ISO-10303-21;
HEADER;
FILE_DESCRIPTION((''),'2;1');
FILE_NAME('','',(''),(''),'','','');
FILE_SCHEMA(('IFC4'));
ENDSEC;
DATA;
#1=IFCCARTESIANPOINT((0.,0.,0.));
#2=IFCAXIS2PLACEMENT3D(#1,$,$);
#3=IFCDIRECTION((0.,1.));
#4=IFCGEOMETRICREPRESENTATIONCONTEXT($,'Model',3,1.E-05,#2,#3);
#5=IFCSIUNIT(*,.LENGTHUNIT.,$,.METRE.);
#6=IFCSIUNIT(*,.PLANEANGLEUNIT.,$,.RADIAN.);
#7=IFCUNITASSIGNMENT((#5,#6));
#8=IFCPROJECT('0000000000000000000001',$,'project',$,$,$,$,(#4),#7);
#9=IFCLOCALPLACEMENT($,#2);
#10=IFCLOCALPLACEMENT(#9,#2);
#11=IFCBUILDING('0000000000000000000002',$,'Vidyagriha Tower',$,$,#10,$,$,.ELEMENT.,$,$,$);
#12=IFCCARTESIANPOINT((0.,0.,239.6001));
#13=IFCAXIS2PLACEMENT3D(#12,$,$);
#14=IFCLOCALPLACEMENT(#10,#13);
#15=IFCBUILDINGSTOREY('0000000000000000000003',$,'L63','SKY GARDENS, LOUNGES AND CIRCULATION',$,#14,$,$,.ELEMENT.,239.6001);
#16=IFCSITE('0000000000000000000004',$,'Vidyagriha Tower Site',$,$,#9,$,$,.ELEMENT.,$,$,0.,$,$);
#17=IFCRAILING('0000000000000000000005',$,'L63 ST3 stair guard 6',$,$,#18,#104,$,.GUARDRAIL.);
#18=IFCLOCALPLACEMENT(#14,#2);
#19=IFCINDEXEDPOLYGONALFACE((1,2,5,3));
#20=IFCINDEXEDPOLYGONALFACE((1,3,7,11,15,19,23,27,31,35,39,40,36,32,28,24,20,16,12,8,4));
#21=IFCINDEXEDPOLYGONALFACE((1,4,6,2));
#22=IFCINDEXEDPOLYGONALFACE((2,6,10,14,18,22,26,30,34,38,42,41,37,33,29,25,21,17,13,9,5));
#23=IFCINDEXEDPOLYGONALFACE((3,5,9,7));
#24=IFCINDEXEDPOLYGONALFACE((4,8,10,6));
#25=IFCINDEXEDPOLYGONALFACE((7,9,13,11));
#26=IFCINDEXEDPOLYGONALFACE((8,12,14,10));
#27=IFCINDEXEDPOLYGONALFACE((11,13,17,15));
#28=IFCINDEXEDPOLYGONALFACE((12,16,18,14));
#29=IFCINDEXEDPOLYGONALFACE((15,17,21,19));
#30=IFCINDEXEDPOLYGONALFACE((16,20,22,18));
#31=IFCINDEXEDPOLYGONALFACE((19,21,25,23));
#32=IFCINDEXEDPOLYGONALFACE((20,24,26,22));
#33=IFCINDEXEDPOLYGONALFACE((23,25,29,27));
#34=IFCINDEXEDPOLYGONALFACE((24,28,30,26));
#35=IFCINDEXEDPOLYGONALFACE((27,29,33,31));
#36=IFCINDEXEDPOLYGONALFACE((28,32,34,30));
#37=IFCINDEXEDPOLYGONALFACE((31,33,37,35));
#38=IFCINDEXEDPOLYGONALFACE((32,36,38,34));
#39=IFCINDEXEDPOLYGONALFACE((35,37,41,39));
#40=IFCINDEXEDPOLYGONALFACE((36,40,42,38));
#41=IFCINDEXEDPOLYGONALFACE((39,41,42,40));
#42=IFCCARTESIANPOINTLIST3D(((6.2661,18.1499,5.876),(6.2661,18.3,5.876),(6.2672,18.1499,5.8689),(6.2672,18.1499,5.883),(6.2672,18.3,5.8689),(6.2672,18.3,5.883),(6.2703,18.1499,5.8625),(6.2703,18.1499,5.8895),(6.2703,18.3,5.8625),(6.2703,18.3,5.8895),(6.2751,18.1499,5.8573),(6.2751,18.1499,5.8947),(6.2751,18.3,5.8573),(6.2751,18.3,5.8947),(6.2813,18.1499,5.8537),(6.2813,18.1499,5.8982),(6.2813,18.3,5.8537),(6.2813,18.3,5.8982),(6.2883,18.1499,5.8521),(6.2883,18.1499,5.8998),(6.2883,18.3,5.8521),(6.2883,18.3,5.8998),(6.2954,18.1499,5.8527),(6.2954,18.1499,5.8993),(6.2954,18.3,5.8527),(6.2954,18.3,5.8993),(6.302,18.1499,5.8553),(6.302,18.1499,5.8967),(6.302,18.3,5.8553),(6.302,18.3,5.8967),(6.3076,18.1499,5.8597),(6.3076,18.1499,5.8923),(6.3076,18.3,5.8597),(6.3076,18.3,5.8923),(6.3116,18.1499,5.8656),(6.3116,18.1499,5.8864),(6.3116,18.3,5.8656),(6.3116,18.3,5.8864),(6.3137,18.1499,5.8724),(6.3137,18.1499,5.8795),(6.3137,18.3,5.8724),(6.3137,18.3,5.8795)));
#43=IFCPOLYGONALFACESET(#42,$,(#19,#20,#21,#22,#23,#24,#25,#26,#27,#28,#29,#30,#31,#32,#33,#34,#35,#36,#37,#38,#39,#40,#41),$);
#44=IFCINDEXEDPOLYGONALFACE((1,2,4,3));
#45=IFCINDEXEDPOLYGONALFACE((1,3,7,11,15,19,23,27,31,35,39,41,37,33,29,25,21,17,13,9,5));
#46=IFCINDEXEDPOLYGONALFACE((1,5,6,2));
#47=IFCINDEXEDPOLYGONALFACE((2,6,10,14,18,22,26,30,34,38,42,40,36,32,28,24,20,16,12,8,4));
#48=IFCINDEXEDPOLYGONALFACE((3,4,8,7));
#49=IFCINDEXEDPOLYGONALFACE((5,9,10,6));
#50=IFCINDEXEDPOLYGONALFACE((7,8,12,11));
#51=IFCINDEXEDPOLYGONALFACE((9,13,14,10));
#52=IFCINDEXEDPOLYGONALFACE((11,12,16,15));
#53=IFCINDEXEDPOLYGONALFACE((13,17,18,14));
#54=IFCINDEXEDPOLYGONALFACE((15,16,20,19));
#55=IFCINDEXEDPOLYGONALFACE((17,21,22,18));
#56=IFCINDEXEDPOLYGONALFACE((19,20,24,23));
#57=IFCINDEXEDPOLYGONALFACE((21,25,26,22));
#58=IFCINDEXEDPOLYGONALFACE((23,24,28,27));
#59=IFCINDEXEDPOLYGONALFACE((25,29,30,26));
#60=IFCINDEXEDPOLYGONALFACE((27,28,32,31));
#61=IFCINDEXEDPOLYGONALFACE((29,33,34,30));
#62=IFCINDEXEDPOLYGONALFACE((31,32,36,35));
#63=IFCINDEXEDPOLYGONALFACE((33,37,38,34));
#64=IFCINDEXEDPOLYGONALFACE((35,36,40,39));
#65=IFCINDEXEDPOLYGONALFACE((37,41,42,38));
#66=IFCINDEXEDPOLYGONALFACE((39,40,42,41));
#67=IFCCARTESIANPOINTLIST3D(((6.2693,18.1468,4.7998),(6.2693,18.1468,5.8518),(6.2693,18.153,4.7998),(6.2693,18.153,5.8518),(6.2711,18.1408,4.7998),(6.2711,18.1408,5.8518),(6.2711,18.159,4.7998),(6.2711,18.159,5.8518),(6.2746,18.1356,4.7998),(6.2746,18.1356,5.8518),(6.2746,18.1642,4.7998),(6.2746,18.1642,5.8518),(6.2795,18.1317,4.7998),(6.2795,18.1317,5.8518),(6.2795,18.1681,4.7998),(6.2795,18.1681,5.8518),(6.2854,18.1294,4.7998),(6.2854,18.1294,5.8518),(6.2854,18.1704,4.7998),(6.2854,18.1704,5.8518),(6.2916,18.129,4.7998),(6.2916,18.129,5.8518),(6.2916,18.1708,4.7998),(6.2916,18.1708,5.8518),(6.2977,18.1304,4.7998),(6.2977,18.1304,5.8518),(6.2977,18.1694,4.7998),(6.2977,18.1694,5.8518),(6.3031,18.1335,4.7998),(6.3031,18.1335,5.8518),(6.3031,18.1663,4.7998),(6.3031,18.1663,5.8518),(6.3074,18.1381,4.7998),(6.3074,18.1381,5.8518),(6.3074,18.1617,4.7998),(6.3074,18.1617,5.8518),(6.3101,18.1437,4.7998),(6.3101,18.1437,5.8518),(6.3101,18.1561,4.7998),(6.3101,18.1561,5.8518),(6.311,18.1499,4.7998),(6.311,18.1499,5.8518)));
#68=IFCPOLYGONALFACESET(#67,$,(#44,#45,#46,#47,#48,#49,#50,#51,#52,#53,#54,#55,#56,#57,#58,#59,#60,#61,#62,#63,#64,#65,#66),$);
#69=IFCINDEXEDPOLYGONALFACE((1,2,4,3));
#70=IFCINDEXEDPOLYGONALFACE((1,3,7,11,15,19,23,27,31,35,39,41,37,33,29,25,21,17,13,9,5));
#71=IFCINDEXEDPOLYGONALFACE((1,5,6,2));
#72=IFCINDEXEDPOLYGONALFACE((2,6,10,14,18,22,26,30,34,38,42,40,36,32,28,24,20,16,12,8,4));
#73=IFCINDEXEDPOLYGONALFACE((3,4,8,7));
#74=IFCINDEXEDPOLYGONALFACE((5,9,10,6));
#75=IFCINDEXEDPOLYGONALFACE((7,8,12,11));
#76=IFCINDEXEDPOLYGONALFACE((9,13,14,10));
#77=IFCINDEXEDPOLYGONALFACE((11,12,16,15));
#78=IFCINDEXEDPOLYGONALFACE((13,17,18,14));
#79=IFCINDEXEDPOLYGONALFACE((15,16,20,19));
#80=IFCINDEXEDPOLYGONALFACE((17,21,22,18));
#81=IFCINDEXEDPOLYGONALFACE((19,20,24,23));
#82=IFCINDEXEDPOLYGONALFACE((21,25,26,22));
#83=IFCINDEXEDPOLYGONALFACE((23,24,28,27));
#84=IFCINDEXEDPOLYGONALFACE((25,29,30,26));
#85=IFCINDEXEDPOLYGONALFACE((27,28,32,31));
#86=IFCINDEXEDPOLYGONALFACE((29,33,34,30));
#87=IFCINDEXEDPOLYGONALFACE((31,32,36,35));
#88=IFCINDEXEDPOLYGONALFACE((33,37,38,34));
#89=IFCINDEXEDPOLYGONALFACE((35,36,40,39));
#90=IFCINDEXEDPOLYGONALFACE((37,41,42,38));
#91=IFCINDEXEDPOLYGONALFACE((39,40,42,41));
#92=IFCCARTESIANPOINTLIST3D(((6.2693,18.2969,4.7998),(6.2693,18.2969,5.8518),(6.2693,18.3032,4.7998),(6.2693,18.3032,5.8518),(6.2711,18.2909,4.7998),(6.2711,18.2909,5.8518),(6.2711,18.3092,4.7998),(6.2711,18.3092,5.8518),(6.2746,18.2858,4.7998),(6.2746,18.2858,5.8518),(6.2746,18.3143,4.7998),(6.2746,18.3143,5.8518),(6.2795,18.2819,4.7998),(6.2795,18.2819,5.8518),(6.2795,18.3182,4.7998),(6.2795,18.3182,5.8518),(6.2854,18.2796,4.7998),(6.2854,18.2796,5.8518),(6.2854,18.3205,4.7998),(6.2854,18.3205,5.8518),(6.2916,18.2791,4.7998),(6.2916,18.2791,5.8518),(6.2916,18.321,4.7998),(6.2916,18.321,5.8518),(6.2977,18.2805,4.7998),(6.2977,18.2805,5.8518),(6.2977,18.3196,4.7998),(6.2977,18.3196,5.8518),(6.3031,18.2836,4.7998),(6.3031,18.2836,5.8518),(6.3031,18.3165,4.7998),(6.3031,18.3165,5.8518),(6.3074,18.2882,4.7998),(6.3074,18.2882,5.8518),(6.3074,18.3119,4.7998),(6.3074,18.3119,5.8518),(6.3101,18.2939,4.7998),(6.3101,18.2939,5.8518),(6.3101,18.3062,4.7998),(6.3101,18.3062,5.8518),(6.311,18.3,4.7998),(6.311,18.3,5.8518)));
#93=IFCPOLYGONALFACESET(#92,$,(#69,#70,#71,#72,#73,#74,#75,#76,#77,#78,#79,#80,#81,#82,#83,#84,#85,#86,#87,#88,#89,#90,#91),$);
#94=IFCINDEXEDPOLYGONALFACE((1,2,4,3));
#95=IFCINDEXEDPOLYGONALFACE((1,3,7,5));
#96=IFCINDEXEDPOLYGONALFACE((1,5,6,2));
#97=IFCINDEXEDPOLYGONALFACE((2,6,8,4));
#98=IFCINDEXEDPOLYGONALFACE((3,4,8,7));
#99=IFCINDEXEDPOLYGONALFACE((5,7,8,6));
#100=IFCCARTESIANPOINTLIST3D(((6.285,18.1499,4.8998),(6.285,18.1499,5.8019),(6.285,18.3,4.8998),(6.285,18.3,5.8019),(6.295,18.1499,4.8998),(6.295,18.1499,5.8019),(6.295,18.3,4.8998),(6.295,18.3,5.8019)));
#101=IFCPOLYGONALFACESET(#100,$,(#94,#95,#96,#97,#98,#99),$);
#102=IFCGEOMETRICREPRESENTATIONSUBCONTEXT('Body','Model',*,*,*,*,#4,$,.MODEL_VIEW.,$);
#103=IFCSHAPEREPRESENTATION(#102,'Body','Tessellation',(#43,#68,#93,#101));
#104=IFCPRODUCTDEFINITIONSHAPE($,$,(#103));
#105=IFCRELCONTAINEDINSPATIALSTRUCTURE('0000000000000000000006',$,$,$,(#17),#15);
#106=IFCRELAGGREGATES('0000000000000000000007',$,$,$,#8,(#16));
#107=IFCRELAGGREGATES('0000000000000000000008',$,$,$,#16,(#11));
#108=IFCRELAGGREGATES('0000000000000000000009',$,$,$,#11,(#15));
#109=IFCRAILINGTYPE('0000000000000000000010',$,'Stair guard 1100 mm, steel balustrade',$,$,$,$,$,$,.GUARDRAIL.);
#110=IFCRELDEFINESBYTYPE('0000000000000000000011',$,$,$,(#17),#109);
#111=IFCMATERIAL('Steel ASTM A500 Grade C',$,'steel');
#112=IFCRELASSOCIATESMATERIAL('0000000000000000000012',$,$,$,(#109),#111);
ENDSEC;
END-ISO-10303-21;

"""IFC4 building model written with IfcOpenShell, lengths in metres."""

from ifc_helpers import new_model, si_unit, direction, frame, origin, origin_2d, place, context, subcontext, project, spatial, rectangle, circle, extrude, material, type_object, element, save


model = new_model("IFC4")

# Units and contexts
model_context = context("Model", 3, precision=1e-05, world=origin(), true_north=direction((0.0, 1.0)))
body_context = subcontext(model_context, "Body", "Model", "MODEL_VIEW")
ifc_project = project(units=[si_unit("LENGTHUNIT", "METRE"), si_unit("PLANEANGLEUNIT", "RADIAN")], contexts=[model_context])

# Site, building, storey
site_placement = place(None, origin())
site = spatial("IfcSite", under=ifc_project, at=site_placement, Name="Vidyagriha Tower Site", CompositionType="ELEMENT", RefElevation=0.0)
building_placement = place(site_placement, origin())
building = spatial("IfcBuilding", under=site, at=building_placement, Name="Vidyagriha Tower", CompositionType="ELEMENT")
storey_placement = place(building_placement, frame((0.0, 0.0, 239.6001)))
storey = spatial("IfcBuildingStorey", under=building, at=storey_placement, Name="L63", Description="SKY GARDENS, LOUNGES AND CIRCULATION", CompositionType="ELEMENT", Elevation=239.6001)

# Railing
ifc_material_1 = material(Name="Steel ASTM A500 Grade C", Category="steel")
railing_type_1 = type_object("IfcRailingType", Name="Stair guard 1100 mm, steel balustrade", PredefinedType="GUARDRAIL", material=ifc_material_1)
railing_1_placement = place(storey_placement, frame((6.29, 18.1499, 4.7998)))
element("IfcRailing", 1, at=railing_1_placement, inside=storey, type_object=railing_type_1, Name="L63 ST3 stair guard 6", PredefinedType="GUARDRAIL", context=body_context, shape_type="SweptSolid", body=[
    extrude(circle(Radius=0.0239, at=origin_2d()), frame((0.0, 0.0, 1.0762), z_axis=(0.0, 1.0, 0.0), x_axis=(-1.0, 0.0, 0.0)), (0.0, 0.0, 1.0), 0.1501),
    extrude(circle(Radius=0.021, at=origin_2d()), origin(), (0.0, 0.0, 1.0), 1.052),
    extrude(circle(Radius=0.021, at=origin_2d()), frame((0.0, 0.1501, 0.0)), (0.0, 0.0, 1.0), 1.052),
    extrude(rectangle(XDim=0.01, YDim=0.9021, at=origin_2d()), frame((0.0, 0.0, 0.551), z_axis=(0.0, 1.0, 0.0), x_axis=(-1.0, 0.0, 0.0)), (0.0, 0.0, 1.0), 0.1501),
])

save(model, "model.ifc")
